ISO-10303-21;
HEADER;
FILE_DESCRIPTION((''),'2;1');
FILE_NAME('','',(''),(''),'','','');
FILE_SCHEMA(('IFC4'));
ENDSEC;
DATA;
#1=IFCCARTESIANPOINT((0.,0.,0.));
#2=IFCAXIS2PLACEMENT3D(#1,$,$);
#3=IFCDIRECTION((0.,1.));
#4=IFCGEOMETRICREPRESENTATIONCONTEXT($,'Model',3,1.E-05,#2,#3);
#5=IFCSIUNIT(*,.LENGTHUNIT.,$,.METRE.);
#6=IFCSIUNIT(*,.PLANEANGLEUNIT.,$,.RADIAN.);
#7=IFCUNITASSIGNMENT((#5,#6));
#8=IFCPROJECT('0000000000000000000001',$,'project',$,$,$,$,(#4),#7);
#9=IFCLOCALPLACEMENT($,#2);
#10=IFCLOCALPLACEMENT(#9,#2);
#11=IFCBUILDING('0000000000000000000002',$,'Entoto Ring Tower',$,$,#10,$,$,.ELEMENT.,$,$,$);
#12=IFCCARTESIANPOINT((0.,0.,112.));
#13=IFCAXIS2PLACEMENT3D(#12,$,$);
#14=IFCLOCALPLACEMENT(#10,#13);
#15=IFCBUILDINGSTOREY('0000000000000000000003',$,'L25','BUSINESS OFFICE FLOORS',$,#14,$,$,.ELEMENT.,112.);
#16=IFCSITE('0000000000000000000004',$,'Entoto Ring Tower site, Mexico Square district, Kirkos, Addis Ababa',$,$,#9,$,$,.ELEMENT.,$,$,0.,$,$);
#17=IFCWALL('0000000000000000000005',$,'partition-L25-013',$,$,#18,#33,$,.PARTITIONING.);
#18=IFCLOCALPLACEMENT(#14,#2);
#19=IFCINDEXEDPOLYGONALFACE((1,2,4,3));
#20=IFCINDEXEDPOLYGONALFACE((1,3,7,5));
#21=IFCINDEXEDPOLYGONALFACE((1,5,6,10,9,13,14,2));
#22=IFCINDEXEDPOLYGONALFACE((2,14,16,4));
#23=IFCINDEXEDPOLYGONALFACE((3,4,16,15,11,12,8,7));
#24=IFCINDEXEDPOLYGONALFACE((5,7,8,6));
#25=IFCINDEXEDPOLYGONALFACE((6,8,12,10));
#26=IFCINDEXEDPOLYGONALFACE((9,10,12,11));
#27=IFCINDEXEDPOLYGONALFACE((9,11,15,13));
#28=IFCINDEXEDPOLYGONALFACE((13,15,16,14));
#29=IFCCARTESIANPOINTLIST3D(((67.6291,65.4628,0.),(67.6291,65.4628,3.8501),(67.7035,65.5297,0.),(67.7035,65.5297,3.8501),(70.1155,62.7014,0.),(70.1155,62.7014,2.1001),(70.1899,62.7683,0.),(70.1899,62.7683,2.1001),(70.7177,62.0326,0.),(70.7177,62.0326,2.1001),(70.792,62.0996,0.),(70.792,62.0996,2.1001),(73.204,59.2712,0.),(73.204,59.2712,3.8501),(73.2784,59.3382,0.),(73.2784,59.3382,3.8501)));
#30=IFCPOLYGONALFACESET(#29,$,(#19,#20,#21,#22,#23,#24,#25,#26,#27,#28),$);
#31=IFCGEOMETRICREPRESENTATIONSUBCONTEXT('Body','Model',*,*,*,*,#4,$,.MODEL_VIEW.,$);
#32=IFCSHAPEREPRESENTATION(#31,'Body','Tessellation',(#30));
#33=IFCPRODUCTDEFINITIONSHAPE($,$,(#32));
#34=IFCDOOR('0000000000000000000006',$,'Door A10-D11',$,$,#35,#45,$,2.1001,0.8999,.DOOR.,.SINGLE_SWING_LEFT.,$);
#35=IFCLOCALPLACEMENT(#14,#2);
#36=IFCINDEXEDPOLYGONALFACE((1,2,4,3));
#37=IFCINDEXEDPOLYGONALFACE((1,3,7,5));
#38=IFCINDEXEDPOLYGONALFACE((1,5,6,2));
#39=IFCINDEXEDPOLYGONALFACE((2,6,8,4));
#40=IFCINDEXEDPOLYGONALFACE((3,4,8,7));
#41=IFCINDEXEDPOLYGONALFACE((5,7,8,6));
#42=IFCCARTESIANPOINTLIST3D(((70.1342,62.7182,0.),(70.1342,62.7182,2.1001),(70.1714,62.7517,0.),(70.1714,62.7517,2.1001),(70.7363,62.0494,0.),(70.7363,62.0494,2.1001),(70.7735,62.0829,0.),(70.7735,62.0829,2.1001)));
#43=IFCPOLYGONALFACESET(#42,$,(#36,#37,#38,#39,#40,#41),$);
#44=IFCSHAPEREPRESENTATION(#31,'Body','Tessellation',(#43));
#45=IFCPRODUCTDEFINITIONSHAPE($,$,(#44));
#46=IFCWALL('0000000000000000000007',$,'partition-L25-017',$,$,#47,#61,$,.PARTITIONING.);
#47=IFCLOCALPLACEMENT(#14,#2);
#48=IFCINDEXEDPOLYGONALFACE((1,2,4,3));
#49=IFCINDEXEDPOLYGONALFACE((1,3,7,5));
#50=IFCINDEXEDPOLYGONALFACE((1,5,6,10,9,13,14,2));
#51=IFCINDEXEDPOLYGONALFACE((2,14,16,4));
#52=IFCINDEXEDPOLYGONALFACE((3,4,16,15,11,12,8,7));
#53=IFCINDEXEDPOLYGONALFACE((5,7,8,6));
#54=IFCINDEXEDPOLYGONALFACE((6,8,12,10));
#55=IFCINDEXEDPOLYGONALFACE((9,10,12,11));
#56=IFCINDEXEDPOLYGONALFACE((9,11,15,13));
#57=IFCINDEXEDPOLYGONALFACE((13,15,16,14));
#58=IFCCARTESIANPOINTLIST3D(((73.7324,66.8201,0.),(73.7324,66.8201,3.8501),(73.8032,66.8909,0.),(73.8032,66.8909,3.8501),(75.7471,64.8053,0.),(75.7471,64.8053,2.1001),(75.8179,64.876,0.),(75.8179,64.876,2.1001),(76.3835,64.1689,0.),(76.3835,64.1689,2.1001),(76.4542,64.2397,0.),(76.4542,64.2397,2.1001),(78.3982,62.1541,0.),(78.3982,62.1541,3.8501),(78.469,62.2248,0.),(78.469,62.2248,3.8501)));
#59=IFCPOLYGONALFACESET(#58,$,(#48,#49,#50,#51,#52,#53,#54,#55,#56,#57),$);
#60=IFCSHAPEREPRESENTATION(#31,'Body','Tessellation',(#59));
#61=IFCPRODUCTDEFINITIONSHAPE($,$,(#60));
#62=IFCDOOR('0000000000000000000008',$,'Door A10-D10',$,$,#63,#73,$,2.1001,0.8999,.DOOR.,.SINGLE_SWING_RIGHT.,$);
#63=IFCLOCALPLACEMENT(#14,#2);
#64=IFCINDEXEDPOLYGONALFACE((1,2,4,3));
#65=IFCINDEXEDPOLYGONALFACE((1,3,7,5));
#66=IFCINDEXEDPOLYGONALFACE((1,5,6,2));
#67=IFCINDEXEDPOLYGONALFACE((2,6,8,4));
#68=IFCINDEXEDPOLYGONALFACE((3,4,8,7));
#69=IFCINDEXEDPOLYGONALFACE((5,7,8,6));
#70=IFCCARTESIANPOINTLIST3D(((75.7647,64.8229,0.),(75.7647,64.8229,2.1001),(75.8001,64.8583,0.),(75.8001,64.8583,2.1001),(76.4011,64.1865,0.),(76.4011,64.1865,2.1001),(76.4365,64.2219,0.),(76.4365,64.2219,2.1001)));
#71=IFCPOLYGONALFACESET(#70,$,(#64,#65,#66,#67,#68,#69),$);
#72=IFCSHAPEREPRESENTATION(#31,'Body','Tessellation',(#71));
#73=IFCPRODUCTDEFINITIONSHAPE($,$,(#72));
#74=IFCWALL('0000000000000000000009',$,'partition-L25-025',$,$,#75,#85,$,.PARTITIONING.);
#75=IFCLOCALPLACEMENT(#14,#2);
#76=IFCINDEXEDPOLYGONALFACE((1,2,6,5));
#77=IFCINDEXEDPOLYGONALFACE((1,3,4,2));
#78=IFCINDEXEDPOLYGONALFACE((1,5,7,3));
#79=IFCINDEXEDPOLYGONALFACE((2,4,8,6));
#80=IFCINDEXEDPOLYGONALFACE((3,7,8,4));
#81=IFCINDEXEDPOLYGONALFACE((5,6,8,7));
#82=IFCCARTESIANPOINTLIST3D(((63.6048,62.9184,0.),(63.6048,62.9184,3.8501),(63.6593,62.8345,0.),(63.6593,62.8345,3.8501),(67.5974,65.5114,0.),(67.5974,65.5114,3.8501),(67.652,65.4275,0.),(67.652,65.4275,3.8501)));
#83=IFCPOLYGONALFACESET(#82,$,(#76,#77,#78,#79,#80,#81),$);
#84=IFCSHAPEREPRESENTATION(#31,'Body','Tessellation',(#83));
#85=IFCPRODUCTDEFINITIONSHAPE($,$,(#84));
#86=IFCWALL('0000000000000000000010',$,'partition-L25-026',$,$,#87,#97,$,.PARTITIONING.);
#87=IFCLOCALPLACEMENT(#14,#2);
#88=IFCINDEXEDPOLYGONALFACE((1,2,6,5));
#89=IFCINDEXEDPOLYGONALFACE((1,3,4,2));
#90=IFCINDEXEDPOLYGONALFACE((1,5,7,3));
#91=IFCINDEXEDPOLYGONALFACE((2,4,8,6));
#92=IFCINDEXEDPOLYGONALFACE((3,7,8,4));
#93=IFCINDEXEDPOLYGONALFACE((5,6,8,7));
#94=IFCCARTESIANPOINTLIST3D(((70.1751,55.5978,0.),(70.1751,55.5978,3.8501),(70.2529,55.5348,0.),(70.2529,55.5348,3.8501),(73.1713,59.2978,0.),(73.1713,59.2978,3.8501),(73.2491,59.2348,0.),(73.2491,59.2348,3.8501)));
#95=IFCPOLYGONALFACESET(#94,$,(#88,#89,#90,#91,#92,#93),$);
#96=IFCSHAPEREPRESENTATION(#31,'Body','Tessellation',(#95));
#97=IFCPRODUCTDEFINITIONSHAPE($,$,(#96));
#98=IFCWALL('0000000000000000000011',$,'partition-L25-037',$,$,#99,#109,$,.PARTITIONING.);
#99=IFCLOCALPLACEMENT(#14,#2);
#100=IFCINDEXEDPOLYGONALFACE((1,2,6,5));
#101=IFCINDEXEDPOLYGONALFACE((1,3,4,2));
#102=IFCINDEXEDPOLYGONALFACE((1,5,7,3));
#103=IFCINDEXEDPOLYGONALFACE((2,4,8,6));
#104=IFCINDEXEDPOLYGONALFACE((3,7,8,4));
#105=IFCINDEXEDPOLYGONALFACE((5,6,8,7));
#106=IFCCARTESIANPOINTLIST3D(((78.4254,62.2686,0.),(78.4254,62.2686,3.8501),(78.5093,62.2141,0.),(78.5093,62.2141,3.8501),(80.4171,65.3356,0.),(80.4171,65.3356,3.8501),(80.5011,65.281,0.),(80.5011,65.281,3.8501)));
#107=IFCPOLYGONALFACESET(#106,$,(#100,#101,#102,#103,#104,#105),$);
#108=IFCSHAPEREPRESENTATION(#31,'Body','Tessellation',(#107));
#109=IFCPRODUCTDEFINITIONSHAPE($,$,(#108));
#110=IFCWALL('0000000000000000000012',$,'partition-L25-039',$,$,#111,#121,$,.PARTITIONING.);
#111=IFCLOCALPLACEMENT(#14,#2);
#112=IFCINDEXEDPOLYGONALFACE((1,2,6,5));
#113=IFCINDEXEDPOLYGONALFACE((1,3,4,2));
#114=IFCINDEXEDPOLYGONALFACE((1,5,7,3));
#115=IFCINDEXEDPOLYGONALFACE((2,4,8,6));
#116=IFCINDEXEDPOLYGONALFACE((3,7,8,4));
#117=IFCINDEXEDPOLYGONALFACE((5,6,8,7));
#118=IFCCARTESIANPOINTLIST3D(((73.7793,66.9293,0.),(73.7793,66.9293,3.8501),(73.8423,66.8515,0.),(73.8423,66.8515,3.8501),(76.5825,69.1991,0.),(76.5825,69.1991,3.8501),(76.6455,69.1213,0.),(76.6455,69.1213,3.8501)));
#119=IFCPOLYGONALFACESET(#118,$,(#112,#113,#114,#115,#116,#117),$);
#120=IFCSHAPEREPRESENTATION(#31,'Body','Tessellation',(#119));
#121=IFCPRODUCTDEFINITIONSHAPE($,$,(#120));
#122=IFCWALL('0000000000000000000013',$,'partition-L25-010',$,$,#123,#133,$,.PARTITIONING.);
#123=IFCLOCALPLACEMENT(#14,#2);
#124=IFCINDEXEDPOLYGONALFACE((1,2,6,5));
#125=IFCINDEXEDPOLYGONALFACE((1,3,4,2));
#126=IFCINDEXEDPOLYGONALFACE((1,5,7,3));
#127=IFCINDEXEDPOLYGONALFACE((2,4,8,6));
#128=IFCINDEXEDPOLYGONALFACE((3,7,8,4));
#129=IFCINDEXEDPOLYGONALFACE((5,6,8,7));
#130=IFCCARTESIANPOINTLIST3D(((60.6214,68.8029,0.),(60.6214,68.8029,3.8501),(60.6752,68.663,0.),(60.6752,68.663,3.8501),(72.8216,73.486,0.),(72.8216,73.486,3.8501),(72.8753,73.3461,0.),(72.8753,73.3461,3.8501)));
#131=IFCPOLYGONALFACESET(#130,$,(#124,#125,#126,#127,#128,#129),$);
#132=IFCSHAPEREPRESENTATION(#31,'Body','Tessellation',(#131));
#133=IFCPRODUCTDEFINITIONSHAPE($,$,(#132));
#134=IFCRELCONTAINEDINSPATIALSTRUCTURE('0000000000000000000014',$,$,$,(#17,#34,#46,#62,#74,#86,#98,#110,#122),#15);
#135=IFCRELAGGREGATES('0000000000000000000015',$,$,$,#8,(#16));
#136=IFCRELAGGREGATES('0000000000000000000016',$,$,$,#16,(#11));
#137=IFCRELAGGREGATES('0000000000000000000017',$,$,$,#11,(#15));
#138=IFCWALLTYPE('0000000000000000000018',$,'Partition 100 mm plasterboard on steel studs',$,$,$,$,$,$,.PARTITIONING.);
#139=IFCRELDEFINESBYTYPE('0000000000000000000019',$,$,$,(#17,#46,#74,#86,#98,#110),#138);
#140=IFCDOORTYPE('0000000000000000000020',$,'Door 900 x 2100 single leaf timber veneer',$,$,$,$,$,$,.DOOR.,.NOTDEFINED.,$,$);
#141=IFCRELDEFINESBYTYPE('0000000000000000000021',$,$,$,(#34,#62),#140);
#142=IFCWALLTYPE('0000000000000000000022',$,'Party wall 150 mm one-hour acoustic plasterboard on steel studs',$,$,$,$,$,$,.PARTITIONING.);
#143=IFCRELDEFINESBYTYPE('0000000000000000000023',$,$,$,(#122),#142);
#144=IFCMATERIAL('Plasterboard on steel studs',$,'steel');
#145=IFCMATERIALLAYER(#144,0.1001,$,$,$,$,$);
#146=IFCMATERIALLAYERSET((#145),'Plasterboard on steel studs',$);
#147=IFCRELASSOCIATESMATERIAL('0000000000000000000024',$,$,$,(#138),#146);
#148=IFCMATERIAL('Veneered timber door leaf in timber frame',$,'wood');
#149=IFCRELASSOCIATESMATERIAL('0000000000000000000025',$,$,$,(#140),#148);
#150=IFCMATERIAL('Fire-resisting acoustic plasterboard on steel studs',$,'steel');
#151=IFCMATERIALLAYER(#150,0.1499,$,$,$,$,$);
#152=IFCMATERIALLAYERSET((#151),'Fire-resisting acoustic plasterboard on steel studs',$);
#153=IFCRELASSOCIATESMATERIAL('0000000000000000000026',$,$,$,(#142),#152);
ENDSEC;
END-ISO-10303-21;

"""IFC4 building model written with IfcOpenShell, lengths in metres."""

from ifc_helpers import new_model, si_unit, direction, frame, frame_2d, origin, place, context, subcontext, project, spatial, rectangle, extrude, material, layer, layer_set, type_object, element, fill, save


model = new_model("IFC4")

# Units and contexts
model_context = context("Model", 3, precision=1e-05, world=origin(), true_north=direction((0.0, 1.0)))
body_context = subcontext(model_context, "Body", "Model", "MODEL_VIEW")
ifc_project = project(units=[si_unit("LENGTHUNIT", "METRE"), si_unit("PLANEANGLEUNIT", "RADIAN")], contexts=[model_context])

# Site, building, storey
site_placement = place(None, origin())
site = spatial("IfcSite", under=ifc_project, at=site_placement, Name="Entoto Ring Tower site, Mexico Square district, Kirkos, Addis Ababa", CompositionType="ELEMENT", RefElevation=0.0)
building_placement = place(site_placement, origin())
building = spatial("IfcBuilding", under=site, at=building_placement, Name="Entoto Ring Tower", CompositionType="ELEMENT")
storey_placement = place(building_placement, frame((0.0, 0.0, 112.0)))
storey = spatial("IfcBuildingStorey", under=building, at=storey_placement, Name="L25", Description="BUSINESS OFFICE FLOORS", CompositionType="ELEMENT", Elevation=112.0)

# Walls, openings, doors
ifc_material_1 = material(Name="Plasterboard on steel studs", Category="steel")
ifc_layer_1 = layer(ifc_material_1, 0.1001)
ifc_layer_set_1 = layer_set([ifc_layer_1], Name="Plasterboard on steel studs")
wall_type_1 = type_object("IfcWallType", Name="Partition 100 mm plasterboard on steel studs", PredefinedType="PARTITIONING", material=ifc_layer_set_1)
wall_1_placement = place(storey_placement, frame((73.2412, 59.3047, 0.0), z_axis=(0.0, 0.0, 1.0), x_axis=(-0.669128, 0.743147, 0.0)))
wall_1 = element("IfcWall", 1, at=wall_1_placement, inside=storey, type_object=wall_type_1, Name="partition-L25-013", PredefinedType="PARTITIONING", context=body_context, shape_type="SweptSolid", body=[
    extrude(rectangle(XDim=8.3315, YDim=0.1001, at=frame_2d((4.1658, 0.0))), origin(), (0.0, 0.0, 1.0), 3.8501),
])
opening_1_placement = place(wall_1_placement, frame((3.7158, 0.0, 0.0)))
opening_1 = element("IfcOpeningElement", 2, at=opening_1_placement, cuts=wall_1, PredefinedType="OPENING", context=body_context, shape_type="SweptSolid", body=[
    extrude(rectangle(XDim=0.8999, YDim=2.1001, at=frame_2d((0.45, 1.05))), frame((0.0, 0.0601, 0.0), z_axis=(0.0, -1.0, 0.0), x_axis=(1.0, 0.0, 0.0)), (0.0, 0.0, 1.0), 0.1201),
])
ifc_material_2 = material(Name="Veneered timber door leaf in timber frame", Category="wood")
door_type_1 = type_object("IfcDoorType", Name="Door 900 x 2100 single leaf timber veneer", OperationType="NOTDEFINED", PredefinedType="DOOR", material=ifc_material_2)
door_1_placement = place(opening_1_placement, origin())
door_1 = element("IfcDoor", 3, at=door_1_placement, inside=storey, type_object=door_type_1, Name="Door A10-D11", OperationType="SINGLE_SWING_LEFT", OverallHeight=2.1001, OverallWidth=0.8999, PredefinedType="DOOR", context=body_context, shape_type="SweptSolid", body=[
    extrude(rectangle(XDim=0.8999, YDim=2.1001, at=frame_2d((0.45, 1.05))), frame((0.0, 0.0249, 0.0), z_axis=(0.0, -1.0, 0.0), x_axis=(1.0, 0.0, 0.0)), (0.0, 0.0, 1.0), 0.05),
])
fill(opening_1, door_1)
wall_2_placement = place(storey_placement, frame((78.4336, 62.1895, 0.0), z_axis=(0.0, 0.0, 1.0), x_axis=(-0.707088, 0.707125, 0.0)))
wall_2 = element("IfcWall", 4, at=wall_2_placement, inside=storey, type_object=wall_type_1, Name="partition-L25-017", PredefinedType="PARTITIONING", context=body_context, shape_type="SweptSolid", body=[
    extrude(rectangle(XDim=6.5986, YDim=0.1001, at=frame_2d((3.2993, 0.0))), origin(), (0.0, 0.0, 1.0), 3.8501),
])
opening_2_placement = place(wall_2_placement, frame((2.8494, 0.0, 0.0)))
opening_2 = element("IfcOpeningElement", 5, at=opening_2_placement, cuts=wall_2, PredefinedType="OPENING", context=body_context, shape_type="SweptSolid", body=[
    extrude(rectangle(XDim=0.8999, YDim=2.1001, at=frame_2d((0.45, 1.05))), frame((0.0, 0.0601, 0.0), z_axis=(0.0, -1.0, 0.0), x_axis=(1.0, 0.0, 0.0)), (0.0, 0.0, 1.0), 0.1201),
])
door_2_placement = place(opening_2_placement, frame((0.8999, 0.0, 0.0), z_axis=(0.0, 0.0, 1.0), x_axis=(-1.0, 0.0, 0.0)))
door_2 = element("IfcDoor", 6, at=door_2_placement, inside=storey, type_object=door_type_1, Name="Door A10-D10", OperationType="SINGLE_SWING_RIGHT", OverallHeight=2.1001, OverallWidth=0.8999, PredefinedType="DOOR", context=body_context, shape_type="SweptSolid", body=[
    extrude(rectangle(XDim=0.8999, YDim=2.1001, at=frame_2d((0.45, 1.05))), frame((0.0, 0.0249, 0.0), z_axis=(0.0, -1.0, 0.0), x_axis=(1.0, 0.0, 0.0)), (0.0, 0.0, 1.0), 0.05),
])
fill(opening_2, door_2)

# Walls
wall_3_placement = place(storey_placement, frame((63.6321, 62.8765, 0.0), z_axis=(0.0, 0.0, 1.0), x_axis=(0.838657, 0.54466, 0.0)))
element("IfcWall", 7, at=wall_3_placement, inside=storey, type_object=wall_type_1, Name="partition-L25-025", PredefinedType="PARTITIONING", context=body_context, shape_type="SweptSolid", body=[
    extrude(rectangle(XDim=4.7607, YDim=0.1001, at=frame_2d((2.3804, 0.0))), origin(), (0.0, 0.0, 1.0), 3.8501),
])
wall_4_placement = place(storey_placement, frame((70.2141, 55.5664, 0.0), z_axis=(0.0, 0.0, 1.0), x_axis=(0.629312, 0.777153, 0.0)))
element("IfcWall", 8, at=wall_4_placement, inside=storey, type_object=wall_type_1, Name="partition-L25-026", PredefinedType="PARTITIONING", context=body_context, shape_type="SweptSolid", body=[
    extrude(rectangle(XDim=4.761, YDim=0.1001, at=frame_2d((2.3804, 0.0))), origin(), (0.0, 0.0, 1.0), 3.8501),
])
wall_5_placement = place(storey_placement, frame((78.4673, 62.2412, 0.0), z_axis=(0.0, 0.0, 1.0), x_axis=(0.544646, 0.838666, 0.0)))
element("IfcWall", 9, at=wall_5_placement, inside=storey, type_object=wall_type_1, Name="partition-L25-037", PredefinedType="PARTITIONING", context=body_context, shape_type="SweptSolid", body=[
    extrude(rectangle(XDim=3.657, YDim=0.1001, at=frame_2d((1.8286, 0.0))), origin(), (0.0, 0.0, 1.0), 3.8501),
])
wall_6_placement = place(storey_placement, frame((73.8108, 66.8904, 0.0), z_axis=(0.0, 0.0, 1.0), x_axis=(0.777177, 0.629282, 0.0)))
element("IfcWall", 10, at=wall_6_placement, inside=storey, type_object=wall_type_1, Name="partition-L25-039", PredefinedType="PARTITIONING", context=body_context, shape_type="SweptSolid", body=[
    extrude(rectangle(XDim=3.6069, YDim=0.1001, at=frame_2d((1.8035, 0.0))), origin(), (0.0, 0.0, 1.0), 3.8501),
])
ifc_material_3 = material(Name="Fire-resisting acoustic plasterboard on steel studs", Category="steel")
ifc_layer_2 = layer(ifc_material_3, 0.1499)
ifc_layer_set_2 = layer_set([ifc_layer_2], Name="Fire-resisting acoustic plasterboard on steel studs")
wall_type_2 = type_object("IfcWallType", Name="Party wall 150 mm one-hour acoustic plasterboard on steel studs", PredefinedType="PARTITIONING", material=ifc_layer_set_2)
wall_7_placement = place(storey_placement, frame((60.6482, 68.7329, 0.0), z_axis=(0.0, 0.0, 1.0), x_axis=(0.933583, 0.358361, 0.0)))
element("IfcWall", 11, at=wall_7_placement, inside=storey, type_object=wall_type_2, Name="partition-L25-010", PredefinedType="PARTITIONING", context=body_context, shape_type="SweptSolid", body=[
    extrude(rectangle(XDim=13.0681, YDim=0.1499, at=frame_2d((6.5342, 0.0))), origin(), (0.0, 0.0, 1.0), 3.8501),
])

save(model, "model.ifc")
